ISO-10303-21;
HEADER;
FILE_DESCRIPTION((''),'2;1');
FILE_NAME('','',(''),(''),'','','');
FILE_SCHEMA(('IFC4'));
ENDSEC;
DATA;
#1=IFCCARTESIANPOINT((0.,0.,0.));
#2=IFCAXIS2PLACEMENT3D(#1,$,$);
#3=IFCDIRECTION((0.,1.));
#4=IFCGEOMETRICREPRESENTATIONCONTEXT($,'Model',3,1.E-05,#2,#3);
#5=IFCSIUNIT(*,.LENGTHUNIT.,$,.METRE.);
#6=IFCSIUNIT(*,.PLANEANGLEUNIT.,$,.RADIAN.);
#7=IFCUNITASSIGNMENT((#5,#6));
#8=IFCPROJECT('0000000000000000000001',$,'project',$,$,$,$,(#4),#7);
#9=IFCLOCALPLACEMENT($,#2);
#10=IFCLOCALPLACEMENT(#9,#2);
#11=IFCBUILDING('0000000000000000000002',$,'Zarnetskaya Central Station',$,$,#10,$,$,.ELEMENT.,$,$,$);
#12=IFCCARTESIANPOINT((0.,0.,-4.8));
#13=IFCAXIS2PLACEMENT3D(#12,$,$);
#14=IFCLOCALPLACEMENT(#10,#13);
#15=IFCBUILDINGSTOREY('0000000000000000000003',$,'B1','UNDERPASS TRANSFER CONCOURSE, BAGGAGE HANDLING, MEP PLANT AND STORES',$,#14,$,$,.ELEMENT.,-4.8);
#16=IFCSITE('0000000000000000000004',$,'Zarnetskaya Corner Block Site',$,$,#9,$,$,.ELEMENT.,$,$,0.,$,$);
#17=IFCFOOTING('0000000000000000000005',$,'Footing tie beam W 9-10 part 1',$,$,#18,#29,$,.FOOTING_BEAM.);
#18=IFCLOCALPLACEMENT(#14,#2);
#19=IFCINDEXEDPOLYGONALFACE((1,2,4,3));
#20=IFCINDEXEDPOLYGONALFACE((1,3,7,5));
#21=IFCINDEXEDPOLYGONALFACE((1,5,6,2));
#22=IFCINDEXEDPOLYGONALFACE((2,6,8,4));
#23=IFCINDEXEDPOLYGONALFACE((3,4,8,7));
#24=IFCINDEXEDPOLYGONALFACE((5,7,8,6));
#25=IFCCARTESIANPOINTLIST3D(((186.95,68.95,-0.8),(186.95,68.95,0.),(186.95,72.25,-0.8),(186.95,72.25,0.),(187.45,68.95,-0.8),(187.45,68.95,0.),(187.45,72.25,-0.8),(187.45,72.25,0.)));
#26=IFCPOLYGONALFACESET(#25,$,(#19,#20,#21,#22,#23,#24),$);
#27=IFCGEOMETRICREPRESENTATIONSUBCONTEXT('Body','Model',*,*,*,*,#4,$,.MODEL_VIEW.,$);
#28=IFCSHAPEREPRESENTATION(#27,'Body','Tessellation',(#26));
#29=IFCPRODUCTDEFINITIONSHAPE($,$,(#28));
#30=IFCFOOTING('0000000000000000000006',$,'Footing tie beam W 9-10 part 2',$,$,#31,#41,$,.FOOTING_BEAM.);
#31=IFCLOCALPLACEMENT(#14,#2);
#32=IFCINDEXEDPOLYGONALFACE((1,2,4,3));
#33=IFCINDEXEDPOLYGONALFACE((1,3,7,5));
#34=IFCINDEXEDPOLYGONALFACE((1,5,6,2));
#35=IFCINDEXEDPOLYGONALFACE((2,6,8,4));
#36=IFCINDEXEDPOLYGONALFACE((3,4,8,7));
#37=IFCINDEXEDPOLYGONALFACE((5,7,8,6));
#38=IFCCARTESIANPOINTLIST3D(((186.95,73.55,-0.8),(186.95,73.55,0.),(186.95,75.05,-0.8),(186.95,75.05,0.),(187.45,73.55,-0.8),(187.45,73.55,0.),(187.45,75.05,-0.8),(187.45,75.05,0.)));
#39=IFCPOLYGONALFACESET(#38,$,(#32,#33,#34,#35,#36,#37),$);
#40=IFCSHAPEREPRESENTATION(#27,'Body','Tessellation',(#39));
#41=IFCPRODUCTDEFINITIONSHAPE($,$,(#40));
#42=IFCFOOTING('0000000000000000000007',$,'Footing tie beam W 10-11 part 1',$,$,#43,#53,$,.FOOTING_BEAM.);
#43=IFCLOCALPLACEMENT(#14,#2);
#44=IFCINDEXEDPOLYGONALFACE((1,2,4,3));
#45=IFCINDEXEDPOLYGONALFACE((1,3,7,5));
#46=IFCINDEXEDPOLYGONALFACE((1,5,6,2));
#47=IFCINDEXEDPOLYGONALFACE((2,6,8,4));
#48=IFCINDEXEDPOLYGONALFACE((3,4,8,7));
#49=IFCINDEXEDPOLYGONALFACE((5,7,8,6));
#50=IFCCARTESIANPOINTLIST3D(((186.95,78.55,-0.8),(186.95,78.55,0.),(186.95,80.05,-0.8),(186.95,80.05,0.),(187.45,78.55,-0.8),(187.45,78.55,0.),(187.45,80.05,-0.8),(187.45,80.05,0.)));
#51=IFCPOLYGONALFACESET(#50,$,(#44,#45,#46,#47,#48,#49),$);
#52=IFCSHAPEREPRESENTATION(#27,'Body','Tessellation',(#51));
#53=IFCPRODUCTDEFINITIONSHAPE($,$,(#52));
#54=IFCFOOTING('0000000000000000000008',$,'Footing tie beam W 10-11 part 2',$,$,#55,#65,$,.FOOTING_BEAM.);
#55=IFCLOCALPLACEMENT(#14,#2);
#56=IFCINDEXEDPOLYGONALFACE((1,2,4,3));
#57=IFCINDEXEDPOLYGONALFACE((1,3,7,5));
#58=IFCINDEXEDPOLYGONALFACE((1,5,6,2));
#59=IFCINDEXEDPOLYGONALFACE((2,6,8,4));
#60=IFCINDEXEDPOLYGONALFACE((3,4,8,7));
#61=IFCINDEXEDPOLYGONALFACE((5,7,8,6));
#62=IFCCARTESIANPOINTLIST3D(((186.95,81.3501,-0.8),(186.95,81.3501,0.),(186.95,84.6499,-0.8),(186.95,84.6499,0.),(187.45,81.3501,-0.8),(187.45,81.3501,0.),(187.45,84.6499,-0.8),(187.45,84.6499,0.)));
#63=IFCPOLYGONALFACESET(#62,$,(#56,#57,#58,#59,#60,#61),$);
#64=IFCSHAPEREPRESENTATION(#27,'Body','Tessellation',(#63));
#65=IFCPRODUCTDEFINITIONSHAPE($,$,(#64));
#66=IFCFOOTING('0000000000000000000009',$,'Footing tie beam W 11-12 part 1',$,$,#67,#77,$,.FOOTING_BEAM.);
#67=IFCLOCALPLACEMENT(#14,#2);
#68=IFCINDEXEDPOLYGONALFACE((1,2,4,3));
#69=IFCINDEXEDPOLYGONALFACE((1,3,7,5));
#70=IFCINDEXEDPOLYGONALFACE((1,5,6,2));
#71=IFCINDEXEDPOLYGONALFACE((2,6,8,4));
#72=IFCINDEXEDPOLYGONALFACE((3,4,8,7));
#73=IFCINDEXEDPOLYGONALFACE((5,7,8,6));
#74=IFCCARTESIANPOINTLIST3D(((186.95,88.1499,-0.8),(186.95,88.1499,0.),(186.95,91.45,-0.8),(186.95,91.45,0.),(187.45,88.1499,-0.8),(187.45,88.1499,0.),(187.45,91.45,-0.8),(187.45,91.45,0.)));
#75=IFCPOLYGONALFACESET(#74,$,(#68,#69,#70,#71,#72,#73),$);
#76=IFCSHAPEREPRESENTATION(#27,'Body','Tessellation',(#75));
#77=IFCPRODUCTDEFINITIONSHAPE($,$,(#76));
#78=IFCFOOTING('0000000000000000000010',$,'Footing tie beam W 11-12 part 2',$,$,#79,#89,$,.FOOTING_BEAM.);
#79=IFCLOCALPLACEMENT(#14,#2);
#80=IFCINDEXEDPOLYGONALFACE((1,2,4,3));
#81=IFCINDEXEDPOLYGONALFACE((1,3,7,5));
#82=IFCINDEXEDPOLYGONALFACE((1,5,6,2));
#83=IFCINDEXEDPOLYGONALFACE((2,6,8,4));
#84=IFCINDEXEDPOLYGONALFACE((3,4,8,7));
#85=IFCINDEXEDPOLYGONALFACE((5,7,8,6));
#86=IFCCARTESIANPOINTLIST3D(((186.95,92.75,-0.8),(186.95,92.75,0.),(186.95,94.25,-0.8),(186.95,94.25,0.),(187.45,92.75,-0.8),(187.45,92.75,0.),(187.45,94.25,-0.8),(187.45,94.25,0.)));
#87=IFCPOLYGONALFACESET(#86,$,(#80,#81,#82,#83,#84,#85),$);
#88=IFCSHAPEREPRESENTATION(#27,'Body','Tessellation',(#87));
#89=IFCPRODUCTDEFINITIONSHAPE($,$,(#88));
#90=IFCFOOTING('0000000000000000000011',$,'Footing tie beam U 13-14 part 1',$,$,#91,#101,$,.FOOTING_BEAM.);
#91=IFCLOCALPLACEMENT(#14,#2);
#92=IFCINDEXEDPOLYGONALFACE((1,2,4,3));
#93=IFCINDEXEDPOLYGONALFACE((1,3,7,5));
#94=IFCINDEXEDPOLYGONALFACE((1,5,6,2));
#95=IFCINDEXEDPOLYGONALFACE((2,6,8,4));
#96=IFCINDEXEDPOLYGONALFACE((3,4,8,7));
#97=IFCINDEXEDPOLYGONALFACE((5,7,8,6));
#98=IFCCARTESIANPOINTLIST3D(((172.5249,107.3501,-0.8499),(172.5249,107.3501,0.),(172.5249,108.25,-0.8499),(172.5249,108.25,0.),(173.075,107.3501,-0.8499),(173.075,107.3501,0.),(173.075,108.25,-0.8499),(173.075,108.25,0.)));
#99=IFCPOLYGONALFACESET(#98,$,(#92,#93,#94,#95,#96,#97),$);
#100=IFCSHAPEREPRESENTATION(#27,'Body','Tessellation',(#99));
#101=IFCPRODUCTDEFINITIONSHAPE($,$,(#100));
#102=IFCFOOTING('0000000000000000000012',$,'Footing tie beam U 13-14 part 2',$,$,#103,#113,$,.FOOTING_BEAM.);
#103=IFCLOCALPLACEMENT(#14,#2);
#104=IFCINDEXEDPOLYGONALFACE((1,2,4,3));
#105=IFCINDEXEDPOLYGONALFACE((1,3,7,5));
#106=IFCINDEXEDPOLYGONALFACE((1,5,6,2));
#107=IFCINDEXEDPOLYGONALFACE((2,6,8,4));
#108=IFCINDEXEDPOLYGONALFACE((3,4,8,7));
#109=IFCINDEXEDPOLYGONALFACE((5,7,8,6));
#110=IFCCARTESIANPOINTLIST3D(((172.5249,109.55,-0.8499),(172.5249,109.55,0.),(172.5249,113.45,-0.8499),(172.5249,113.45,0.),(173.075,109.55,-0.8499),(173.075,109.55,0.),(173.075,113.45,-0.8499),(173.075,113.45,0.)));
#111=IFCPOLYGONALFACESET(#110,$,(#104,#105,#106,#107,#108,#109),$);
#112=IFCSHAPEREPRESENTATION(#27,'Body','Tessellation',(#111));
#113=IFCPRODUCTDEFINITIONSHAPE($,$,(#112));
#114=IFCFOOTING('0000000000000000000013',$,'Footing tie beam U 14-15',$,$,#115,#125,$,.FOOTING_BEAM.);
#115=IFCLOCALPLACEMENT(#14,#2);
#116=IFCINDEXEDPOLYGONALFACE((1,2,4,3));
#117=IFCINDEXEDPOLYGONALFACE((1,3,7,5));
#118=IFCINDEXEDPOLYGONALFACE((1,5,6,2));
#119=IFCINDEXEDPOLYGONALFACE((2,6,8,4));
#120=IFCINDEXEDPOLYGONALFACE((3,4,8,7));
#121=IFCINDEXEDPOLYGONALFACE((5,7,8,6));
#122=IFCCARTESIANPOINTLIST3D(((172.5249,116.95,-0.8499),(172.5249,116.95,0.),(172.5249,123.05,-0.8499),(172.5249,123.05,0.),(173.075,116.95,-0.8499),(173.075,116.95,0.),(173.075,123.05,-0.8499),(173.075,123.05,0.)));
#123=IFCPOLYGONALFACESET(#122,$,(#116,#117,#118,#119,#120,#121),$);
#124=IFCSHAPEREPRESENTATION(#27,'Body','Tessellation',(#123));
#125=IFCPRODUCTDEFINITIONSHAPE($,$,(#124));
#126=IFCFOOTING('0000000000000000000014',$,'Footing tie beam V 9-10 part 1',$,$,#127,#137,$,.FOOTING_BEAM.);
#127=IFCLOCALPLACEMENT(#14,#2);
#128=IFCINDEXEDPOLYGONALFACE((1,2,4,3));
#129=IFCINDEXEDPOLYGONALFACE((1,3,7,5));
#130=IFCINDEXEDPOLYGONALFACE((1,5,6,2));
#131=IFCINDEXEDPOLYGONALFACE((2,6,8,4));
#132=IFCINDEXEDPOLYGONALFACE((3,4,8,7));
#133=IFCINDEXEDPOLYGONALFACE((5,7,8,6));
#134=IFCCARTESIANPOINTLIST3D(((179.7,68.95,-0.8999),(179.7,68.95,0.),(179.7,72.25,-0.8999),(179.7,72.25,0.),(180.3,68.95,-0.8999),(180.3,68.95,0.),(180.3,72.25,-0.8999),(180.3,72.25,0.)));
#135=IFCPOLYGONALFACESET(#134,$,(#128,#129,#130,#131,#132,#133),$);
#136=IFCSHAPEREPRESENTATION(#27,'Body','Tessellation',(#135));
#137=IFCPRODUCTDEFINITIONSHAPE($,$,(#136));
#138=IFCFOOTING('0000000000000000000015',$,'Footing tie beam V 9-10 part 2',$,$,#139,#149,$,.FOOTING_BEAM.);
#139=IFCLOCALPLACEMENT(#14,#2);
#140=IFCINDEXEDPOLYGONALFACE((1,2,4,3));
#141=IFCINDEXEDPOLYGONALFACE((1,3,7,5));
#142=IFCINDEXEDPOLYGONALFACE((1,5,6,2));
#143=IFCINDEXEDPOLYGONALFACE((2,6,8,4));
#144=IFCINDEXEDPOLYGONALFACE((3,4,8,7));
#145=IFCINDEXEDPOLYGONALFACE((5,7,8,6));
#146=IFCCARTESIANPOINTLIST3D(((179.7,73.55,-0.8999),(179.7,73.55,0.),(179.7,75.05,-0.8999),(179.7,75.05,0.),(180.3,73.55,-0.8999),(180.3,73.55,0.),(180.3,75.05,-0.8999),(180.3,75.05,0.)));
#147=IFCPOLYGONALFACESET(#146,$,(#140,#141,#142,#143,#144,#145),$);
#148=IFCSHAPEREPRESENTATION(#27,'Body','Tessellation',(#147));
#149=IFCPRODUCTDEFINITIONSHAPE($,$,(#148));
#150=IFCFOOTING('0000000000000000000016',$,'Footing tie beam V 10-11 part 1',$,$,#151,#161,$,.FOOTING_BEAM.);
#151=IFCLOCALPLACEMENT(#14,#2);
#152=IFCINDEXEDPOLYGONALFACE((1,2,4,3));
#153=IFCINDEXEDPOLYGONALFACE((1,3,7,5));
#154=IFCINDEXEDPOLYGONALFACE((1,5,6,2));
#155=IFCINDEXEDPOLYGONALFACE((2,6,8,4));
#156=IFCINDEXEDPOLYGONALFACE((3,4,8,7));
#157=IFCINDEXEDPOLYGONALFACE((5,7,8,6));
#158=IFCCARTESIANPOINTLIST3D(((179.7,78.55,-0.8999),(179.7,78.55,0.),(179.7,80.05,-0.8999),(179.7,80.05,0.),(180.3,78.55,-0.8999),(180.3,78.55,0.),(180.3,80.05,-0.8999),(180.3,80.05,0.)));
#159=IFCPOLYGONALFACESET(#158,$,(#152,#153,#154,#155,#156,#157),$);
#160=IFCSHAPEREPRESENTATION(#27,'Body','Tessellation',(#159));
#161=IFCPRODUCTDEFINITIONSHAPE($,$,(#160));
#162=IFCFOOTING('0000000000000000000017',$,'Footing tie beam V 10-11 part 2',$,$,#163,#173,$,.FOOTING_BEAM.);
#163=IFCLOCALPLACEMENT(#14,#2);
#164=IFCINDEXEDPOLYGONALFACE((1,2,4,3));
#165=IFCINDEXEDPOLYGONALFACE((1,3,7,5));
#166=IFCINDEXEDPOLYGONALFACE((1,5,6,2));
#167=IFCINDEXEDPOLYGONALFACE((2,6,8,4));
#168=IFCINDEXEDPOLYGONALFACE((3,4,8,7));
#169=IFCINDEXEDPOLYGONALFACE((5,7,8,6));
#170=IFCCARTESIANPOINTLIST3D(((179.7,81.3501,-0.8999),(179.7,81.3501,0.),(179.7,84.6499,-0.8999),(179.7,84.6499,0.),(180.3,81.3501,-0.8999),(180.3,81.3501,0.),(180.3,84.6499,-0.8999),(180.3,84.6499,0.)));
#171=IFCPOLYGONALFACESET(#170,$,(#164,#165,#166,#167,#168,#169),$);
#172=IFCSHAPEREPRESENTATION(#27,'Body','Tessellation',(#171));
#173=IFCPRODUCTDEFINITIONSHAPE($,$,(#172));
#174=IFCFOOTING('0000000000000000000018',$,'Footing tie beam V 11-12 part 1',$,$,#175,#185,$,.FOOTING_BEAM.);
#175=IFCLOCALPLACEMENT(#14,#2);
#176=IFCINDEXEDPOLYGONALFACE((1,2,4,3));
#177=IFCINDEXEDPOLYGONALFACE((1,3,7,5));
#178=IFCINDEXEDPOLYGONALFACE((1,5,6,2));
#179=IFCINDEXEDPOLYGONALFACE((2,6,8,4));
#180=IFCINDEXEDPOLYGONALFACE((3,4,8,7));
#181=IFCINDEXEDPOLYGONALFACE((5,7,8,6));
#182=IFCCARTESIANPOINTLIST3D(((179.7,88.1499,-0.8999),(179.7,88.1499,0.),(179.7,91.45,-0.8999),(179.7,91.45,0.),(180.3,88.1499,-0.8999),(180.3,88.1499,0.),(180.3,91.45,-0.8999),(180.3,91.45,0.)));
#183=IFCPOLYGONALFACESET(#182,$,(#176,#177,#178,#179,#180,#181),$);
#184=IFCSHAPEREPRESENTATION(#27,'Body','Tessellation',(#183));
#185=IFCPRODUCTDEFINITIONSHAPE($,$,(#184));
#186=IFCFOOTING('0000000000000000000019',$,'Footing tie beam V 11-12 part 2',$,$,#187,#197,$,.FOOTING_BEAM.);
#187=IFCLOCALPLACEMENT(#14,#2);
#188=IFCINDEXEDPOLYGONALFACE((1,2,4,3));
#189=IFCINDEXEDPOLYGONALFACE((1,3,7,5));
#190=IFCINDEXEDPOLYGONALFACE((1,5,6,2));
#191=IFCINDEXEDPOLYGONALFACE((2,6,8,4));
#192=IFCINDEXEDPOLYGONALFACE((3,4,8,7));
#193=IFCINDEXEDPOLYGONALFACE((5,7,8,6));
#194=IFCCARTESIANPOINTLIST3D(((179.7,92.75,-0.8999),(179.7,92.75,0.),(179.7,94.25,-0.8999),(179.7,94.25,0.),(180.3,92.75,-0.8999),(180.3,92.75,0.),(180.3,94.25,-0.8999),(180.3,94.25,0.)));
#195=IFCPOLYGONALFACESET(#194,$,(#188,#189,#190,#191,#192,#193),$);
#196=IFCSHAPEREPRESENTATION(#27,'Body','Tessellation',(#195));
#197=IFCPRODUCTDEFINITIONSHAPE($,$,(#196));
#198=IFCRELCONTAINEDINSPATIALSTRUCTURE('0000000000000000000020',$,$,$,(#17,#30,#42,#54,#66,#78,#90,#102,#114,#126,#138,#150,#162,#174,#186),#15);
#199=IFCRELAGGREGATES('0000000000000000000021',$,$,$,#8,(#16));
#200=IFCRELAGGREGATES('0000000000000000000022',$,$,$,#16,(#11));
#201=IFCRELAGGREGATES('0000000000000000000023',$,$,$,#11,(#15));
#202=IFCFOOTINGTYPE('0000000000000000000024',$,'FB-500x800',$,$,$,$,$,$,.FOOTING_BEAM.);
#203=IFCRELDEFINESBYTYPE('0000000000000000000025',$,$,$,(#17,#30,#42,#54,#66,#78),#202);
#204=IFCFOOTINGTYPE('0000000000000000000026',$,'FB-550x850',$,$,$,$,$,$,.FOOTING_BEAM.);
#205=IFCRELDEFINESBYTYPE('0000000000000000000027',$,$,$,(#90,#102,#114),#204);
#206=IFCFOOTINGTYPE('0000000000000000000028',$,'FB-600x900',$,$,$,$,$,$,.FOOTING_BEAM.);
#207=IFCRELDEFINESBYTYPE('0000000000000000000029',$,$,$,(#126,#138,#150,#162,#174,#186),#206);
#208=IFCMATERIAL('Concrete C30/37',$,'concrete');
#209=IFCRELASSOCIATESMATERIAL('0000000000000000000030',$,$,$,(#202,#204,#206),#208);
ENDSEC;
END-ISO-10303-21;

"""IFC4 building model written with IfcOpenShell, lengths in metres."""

from ifc_helpers import new_model, si_unit, direction, frame, origin, place, context, subcontext, project, spatial, polyline, outline, extrude, material, type_object, element, save


model = new_model("IFC4")

# Units and contexts
model_context = context("Model", 3, precision=1e-05, world=origin(), true_north=direction((0.0, 1.0)))
body_context = subcontext(model_context, "Body", "Model", "MODEL_VIEW")
ifc_project = project(units=[si_unit("LENGTHUNIT", "METRE"), si_unit("PLANEANGLEUNIT", "RADIAN")], contexts=[model_context])

# Site, building, storey
site_placement = place(None, origin())
site = spatial("IfcSite", under=ifc_project, at=site_placement, Name="Zarnetskaya Corner Block Site", CompositionType="ELEMENT", RefElevation=0.0)
building_placement = place(site_placement, origin())
building = spatial("IfcBuilding", under=site, at=building_placement, Name="Zarnetskaya Central Station", CompositionType="ELEMENT")
storey_placement = place(building_placement, frame((0.0, 0.0, -4.8)))
storey = spatial("IfcBuildingStorey", under=building, at=storey_placement, Name="B1", Description="UNDERPASS TRANSFER CONCOURSE, BAGGAGE HANDLING, MEP PLANT AND STORES", CompositionType="ELEMENT", Elevation=-4.8)

# Footings
ifc_material = material(Name="Concrete C30/37", Category="concrete")
footing_type_1 = type_object("IfcFootingType", Name="FB-500x800", PredefinedType="FOOTING_BEAM", material=ifc_material)
footing_1_placement = place(storey_placement, frame((0.0, 0.0, -0.8)))
element("IfcFooting", 1, at=footing_1_placement, inside=storey, type_object=footing_type_1, Name="Footing tie beam W 9-10 part 1", PredefinedType="FOOTING_BEAM", context=body_context, shape_type="SweptSolid", body=[
    extrude(outline(polyline([(186.95, 68.95), (187.45, 68.95), (187.45, 72.25), (186.95, 72.25), (186.95, 68.95)])), origin(), (0.0, 0.0, 1.0), 0.8),
])
footing_2_placement = place(storey_placement, frame((0.0, 0.0, -0.8)))
element("IfcFooting", 2, at=footing_2_placement, inside=storey, type_object=footing_type_1, Name="Footing tie beam W 9-10 part 2", PredefinedType="FOOTING_BEAM", context=body_context, shape_type="SweptSolid", body=[
    extrude(outline(polyline([(186.95, 73.55), (187.45, 73.55), (187.45, 75.05), (186.95, 75.05), (186.95, 73.55)])), origin(), (0.0, 0.0, 1.0), 0.8),
])
footing_3_placement = place(storey_placement, frame((0.0, 0.0, -0.8)))
element("IfcFooting", 3, at=footing_3_placement, inside=storey, type_object=footing_type_1, Name="Footing tie beam W 10-11 part 1", PredefinedType="FOOTING_BEAM", context=body_context, shape_type="SweptSolid", body=[
    extrude(outline(polyline([(186.95, 78.55), (187.45, 78.55), (187.45, 80.05), (186.95, 80.05), (186.95, 78.55)])), origin(), (0.0, 0.0, 1.0), 0.8),
])
footing_4_placement = place(storey_placement, frame((0.0, 0.0, -0.8)))
element("IfcFooting", 4, at=footing_4_placement, inside=storey, type_object=footing_type_1, Name="Footing tie beam W 10-11 part 2", PredefinedType="FOOTING_BEAM", context=body_context, shape_type="SweptSolid", body=[
    extrude(outline(polyline([(186.95, 81.3501), (187.45, 81.3501), (187.45, 84.6499), (186.95, 84.6499), (186.95, 81.3501)])), origin(), (0.0, 0.0, 1.0), 0.8),
])
footing_5_placement = place(storey_placement, frame((0.0, 0.0, -0.8)))
element("IfcFooting", 5, at=footing_5_placement, inside=storey, type_object=footing_type_1, Name="Footing tie beam W 11-12 part 1", PredefinedType="FOOTING_BEAM", context=body_context, shape_type="SweptSolid", body=[
    extrude(outline(polyline([(186.95, 88.1499), (187.45, 88.1499), (187.45, 91.45), (186.95, 91.45), (186.95, 88.1499)])), origin(), (0.0, 0.0, 1.0), 0.8),
])
footing_6_placement = place(storey_placement, frame((0.0, 0.0, -0.8)))
element("IfcFooting", 6, at=footing_6_placement, inside=storey, type_object=footing_type_1, Name="Footing tie beam W 11-12 part 2", PredefinedType="FOOTING_BEAM", context=body_context, shape_type="SweptSolid", body=[
    extrude(outline(polyline([(186.95, 92.75), (187.45, 92.75), (187.45, 94.25), (186.95, 94.25), (186.95, 92.75)])), origin(), (0.0, 0.0, 1.0), 0.8),
])
footing_type_2 = type_object("IfcFootingType", Name="FB-550x850", PredefinedType="FOOTING_BEAM", material=ifc_material)
footing_7_placement = place(storey_placement, frame((0.0, 0.0, -0.8499)))
element("IfcFooting", 7, at=footing_7_placement, inside=storey, type_object=footing_type_2, Name="Footing tie beam U 13-14 part 1", PredefinedType="FOOTING_BEAM", context=body_context, shape_type="SweptSolid", body=[
    extrude(outline(polyline([(172.5249, 107.3501), (173.075, 107.3501), (173.075, 108.25), (172.5249, 108.25), (172.5249, 107.3501)])), origin(), (0.0, 0.0, 1.0), 0.8499),
])
footing_8_placement = place(storey_placement, frame((0.0, 0.0, -0.8499)))
element("IfcFooting", 8, at=footing_8_placement, inside=storey, type_object=footing_type_2, Name="Footing tie beam U 13-14 part 2", PredefinedType="FOOTING_BEAM", context=body_context, shape_type="SweptSolid", body=[
    extrude(outline(polyline([(172.5249, 109.55), (173.075, 109.55), (173.075, 113.45), (172.5249, 113.45), (172.5249, 109.55)])), origin(), (0.0, 0.0, 1.0), 0.8499),
])
footing_9_placement = place(storey_placement, frame((0.0, 0.0, -0.8499)))
element("IfcFooting", 9, at=footing_9_placement, inside=storey, type_object=footing_type_2, Name="Footing tie beam U 14-15", PredefinedType="FOOTING_BEAM", context=body_context, shape_type="SweptSolid", body=[
    extrude(outline(polyline([(172.5249, 116.95), (173.075, 116.95), (173.075, 123.05), (172.5249, 123.05), (172.5249, 116.95)])), origin(), (0.0, 0.0, 1.0), 0.8499),
])
footing_type_3 = type_object("IfcFootingType", Name="FB-600x900", PredefinedType="FOOTING_BEAM", material=ifc_material)
footing_10_placement = place(storey_placement, frame((0.0, 0.0, -0.8999)))
element("IfcFooting", 10, at=footing_10_placement, inside=storey, type_object=footing_type_3, Name="Footing tie beam V 9-10 part 1", PredefinedType="FOOTING_BEAM", context=body_context, shape_type="SweptSolid", body=[
    extrude(outline(polyline([(179.7, 68.95), (180.3, 68.95), (180.3, 72.25), (179.7, 72.25), (179.7, 68.95)])), origin(), (0.0, 0.0, 1.0), 0.8999),
])
footing_11_placement = place(storey_placement, frame((0.0, 0.0, -0.8999)))
element("IfcFooting", 11, at=footing_11_placement, inside=storey, type_object=footing_type_3, Name="Footing tie beam V 9-10 part 2", PredefinedType="FOOTING_BEAM", context=body_context, shape_type="SweptSolid", body=[
    extrude(outline(polyline([(179.7, 73.55), (180.3, 73.55), (180.3, 75.05), (179.7, 75.05), (179.7, 73.55)])), origin(), (0.0, 0.0, 1.0), 0.8999),
])
footing_12_placement = place(storey_placement, frame((0.0, 0.0, -0.8999)))
element("IfcFooting", 12, at=footing_12_placement, inside=storey, type_object=footing_type_3, Name="Footing tie beam V 10-11 part 1", PredefinedType="FOOTING_BEAM", context=body_context, shape_type="SweptSolid", body=[
    extrude(outline(polyline([(179.7, 78.55), (180.3, 78.55), (180.3, 80.05), (179.7, 80.05), (179.7, 78.55)])), origin(), (0.0, 0.0, 1.0), 0.8999),
])
footing_13_placement = place(storey_placement, frame((0.0, 0.0, -0.8999)))
element("IfcFooting", 13, at=footing_13_placement, inside=storey, type_object=footing_type_3, Name="Footing tie beam V 10-11 part 2", PredefinedType="FOOTING_BEAM", context=body_context, shape_type="SweptSolid", body=[
    extrude(outline(polyline([(179.7, 81.3501), (180.3, 81.3501), (180.3, 84.6499), (179.7, 84.6499), (179.7, 81.3501)])), origin(), (0.0, 0.0, 1.0), 0.8999),
])
footing_14_placement = place(storey_placement, frame((0.0, 0.0, -0.8999)))
element("IfcFooting", 14, at=footing_14_placement, inside=storey, type_object=footing_type_3, Name="Footing tie beam V 11-12 part 1", PredefinedType="FOOTING_BEAM", context=body_context, shape_type="SweptSolid", body=[
    extrude(outline(polyline([(179.7, 88.1499), (180.3, 88.1499), (180.3, 91.45), (179.7, 91.45), (179.7, 88.1499)])), origin(), (0.0, 0.0, 1.0), 0.8999),
])
footing_15_placement = place(storey_placement, frame((0.0, 0.0, -0.8999)))
element("IfcFooting", 15, at=footing_15_placement, inside=storey, type_object=footing_type_3, Name="Footing tie beam V 11-12 part 2", PredefinedType="FOOTING_BEAM", context=body_context, shape_type="SweptSolid", body=[
    extrude(outline(polyline([(179.7, 92.75), (180.3, 92.75), (180.3, 94.25), (179.7, 94.25), (179.7, 92.75)])), origin(), (0.0, 0.0, 1.0), 0.8999),
])

save(model, "model.ifc")
